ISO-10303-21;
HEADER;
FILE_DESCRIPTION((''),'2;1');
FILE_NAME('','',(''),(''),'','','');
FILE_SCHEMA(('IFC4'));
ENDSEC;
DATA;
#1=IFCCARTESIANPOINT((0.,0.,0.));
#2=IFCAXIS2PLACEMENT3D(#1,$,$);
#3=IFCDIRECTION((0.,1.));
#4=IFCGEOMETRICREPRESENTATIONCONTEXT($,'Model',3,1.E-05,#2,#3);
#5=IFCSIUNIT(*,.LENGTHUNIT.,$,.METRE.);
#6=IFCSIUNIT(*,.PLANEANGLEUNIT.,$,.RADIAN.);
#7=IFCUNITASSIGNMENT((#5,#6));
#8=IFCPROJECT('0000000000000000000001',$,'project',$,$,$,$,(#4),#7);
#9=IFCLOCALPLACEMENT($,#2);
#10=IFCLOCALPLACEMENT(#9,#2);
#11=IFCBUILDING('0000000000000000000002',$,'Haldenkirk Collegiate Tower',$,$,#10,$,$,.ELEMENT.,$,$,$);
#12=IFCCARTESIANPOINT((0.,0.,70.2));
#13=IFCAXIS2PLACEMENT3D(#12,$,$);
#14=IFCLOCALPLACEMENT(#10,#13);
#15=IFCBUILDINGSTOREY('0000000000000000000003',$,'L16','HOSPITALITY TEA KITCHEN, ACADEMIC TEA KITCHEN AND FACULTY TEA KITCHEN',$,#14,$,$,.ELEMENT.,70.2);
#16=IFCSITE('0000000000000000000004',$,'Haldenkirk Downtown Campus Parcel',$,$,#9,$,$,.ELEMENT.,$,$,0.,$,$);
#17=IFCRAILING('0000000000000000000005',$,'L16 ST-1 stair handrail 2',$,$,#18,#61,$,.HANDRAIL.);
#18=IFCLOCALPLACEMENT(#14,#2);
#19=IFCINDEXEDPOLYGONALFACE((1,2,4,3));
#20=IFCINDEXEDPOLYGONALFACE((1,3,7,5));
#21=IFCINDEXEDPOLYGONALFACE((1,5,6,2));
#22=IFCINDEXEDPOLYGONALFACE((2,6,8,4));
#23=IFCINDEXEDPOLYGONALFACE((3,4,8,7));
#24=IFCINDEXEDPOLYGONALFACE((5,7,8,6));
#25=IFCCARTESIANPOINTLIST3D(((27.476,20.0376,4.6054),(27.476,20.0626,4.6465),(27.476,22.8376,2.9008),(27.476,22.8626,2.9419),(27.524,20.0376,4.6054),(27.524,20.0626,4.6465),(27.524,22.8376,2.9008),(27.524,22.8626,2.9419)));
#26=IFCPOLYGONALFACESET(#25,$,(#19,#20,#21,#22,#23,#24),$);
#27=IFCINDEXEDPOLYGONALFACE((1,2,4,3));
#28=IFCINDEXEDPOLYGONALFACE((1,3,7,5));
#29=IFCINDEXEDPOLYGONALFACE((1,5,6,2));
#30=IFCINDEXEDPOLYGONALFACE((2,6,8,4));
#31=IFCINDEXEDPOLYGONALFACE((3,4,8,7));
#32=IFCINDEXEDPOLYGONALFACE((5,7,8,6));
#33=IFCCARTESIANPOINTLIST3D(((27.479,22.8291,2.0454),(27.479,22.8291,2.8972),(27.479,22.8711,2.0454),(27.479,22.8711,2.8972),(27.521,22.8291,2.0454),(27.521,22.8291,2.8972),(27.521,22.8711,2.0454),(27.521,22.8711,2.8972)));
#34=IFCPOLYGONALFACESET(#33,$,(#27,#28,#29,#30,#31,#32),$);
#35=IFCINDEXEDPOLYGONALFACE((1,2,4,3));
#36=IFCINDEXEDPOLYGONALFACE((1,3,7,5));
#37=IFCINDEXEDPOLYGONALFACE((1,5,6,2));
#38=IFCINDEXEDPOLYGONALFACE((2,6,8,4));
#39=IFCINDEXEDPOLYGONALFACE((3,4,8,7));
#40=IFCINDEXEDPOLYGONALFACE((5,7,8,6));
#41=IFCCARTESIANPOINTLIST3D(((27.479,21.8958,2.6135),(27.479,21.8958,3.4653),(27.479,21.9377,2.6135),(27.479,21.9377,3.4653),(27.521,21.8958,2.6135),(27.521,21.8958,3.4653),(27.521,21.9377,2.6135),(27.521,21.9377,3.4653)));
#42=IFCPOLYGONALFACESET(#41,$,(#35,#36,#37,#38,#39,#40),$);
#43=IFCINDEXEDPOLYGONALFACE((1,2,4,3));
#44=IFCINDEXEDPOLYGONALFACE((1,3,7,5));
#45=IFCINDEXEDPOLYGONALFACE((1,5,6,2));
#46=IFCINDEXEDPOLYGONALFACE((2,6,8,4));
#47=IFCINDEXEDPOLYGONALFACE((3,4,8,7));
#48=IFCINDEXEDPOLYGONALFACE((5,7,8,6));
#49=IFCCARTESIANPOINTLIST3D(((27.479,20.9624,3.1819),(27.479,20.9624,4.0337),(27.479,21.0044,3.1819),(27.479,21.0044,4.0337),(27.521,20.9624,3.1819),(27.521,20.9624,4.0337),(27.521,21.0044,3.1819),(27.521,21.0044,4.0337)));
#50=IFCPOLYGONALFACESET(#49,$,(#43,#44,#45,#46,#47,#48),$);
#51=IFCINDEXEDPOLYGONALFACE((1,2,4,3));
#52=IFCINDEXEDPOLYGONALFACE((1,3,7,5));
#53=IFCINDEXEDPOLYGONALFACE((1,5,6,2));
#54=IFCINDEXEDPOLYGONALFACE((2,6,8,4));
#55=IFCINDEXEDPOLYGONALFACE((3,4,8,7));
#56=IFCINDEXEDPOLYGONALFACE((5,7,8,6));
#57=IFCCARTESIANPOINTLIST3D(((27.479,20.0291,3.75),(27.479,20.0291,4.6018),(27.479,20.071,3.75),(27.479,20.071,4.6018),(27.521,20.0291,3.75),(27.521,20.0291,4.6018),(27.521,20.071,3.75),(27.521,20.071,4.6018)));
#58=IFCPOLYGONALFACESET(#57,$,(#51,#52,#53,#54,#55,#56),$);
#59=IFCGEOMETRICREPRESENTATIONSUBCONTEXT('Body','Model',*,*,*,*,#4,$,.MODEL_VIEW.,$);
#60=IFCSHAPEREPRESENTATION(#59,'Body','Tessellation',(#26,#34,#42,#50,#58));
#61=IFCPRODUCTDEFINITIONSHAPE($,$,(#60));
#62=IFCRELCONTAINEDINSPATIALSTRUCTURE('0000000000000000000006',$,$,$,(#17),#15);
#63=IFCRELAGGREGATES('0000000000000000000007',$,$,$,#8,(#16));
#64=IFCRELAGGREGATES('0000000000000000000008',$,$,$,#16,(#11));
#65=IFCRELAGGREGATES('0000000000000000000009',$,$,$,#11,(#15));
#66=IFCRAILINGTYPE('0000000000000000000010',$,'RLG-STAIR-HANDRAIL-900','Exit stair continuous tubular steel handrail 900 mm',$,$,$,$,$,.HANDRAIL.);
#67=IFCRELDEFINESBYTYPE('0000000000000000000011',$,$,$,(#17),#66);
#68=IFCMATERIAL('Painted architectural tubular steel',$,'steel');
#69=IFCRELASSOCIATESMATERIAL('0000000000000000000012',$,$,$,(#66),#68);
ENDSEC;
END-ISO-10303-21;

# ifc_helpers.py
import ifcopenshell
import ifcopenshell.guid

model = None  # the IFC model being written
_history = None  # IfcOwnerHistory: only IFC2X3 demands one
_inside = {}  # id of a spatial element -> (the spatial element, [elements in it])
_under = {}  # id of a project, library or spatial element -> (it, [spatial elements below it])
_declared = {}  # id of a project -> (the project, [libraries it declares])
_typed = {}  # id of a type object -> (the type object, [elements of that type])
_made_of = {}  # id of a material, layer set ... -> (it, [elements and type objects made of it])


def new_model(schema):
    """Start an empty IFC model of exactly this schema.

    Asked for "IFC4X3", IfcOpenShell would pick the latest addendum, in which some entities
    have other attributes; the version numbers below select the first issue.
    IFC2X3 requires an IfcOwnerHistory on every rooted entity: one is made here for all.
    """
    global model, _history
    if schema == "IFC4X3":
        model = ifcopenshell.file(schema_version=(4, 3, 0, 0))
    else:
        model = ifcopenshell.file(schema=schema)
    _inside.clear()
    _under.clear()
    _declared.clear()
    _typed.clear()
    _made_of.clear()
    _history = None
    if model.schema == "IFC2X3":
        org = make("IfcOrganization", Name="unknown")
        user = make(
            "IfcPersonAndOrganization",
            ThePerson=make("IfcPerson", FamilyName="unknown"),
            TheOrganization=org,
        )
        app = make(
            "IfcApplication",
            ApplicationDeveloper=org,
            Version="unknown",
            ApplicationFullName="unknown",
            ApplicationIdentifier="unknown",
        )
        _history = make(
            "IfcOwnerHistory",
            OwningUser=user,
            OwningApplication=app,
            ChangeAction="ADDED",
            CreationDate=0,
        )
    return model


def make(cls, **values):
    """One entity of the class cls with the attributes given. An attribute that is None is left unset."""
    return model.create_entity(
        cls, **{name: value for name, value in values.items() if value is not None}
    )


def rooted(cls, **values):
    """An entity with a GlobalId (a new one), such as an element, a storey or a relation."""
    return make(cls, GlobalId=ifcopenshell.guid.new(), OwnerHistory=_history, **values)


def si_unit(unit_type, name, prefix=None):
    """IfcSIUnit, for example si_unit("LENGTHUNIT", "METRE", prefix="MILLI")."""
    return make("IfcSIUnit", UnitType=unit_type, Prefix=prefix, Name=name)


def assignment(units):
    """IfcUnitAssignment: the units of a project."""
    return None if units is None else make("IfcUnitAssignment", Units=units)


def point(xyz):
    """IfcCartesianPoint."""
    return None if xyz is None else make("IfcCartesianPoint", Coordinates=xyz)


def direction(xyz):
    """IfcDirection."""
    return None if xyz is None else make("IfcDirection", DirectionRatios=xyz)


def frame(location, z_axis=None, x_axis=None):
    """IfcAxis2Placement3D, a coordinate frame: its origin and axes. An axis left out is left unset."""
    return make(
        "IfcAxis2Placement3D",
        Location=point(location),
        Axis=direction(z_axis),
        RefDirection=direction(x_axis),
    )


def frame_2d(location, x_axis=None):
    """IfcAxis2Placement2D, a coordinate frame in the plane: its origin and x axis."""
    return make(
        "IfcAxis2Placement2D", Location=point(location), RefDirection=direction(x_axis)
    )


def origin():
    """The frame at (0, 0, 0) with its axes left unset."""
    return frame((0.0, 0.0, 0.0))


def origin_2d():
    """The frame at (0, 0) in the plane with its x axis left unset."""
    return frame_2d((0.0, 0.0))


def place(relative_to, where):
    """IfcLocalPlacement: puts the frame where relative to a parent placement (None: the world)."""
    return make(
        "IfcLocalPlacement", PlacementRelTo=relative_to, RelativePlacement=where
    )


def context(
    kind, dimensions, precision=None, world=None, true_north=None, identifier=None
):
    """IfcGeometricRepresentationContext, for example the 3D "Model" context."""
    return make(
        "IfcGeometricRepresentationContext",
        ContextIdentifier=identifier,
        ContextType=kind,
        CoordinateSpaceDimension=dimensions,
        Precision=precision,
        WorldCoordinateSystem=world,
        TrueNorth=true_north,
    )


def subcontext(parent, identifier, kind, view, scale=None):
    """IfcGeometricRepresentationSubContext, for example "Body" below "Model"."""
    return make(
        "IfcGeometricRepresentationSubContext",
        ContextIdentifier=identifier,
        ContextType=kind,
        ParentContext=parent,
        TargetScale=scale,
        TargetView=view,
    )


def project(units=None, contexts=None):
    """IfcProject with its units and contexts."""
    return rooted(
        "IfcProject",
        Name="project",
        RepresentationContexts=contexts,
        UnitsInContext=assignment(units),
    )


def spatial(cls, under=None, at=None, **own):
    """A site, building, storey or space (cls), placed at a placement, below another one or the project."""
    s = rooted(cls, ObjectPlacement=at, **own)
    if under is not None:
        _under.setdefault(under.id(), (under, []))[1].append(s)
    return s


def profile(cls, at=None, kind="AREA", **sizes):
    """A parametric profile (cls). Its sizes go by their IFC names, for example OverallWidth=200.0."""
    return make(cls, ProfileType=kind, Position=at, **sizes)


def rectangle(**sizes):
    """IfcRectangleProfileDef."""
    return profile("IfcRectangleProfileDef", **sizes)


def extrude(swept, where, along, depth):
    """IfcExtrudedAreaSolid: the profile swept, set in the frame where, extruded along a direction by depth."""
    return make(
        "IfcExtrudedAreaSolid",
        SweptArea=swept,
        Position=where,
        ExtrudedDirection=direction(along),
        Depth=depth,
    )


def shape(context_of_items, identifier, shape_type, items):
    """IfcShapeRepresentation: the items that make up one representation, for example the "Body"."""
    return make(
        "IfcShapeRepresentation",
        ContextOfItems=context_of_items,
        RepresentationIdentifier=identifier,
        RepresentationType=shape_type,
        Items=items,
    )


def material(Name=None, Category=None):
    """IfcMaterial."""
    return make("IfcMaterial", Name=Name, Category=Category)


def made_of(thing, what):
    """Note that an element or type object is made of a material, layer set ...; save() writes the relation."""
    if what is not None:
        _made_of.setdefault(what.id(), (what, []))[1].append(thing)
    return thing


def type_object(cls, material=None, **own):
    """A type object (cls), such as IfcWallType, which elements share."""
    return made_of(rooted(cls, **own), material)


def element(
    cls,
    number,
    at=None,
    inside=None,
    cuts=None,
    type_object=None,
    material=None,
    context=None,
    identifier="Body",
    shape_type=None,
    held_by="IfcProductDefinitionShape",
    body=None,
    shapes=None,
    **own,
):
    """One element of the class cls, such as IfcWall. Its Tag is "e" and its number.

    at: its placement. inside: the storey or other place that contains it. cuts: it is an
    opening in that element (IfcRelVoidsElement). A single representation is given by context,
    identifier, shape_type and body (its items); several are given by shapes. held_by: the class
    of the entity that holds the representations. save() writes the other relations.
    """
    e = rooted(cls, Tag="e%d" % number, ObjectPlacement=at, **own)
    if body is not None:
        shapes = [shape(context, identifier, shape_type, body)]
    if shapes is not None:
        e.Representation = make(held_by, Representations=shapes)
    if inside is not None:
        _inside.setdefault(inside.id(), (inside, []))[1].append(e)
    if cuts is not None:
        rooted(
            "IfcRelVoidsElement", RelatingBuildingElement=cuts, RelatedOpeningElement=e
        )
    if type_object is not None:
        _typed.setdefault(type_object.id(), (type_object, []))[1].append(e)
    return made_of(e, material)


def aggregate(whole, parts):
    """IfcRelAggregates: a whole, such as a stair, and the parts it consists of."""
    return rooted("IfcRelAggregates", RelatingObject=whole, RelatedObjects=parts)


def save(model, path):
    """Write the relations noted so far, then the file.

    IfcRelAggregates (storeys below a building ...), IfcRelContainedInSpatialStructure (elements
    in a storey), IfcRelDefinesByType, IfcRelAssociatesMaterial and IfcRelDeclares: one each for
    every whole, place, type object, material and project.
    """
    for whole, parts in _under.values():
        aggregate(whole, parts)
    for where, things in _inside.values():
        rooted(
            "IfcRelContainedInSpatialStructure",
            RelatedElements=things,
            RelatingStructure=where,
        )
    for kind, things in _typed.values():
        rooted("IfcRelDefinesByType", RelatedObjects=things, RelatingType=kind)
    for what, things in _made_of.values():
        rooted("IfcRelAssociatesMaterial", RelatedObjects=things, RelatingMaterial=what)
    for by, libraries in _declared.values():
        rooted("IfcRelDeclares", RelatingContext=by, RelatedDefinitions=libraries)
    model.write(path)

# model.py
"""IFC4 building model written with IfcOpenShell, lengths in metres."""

from ifc_helpers import new_model, si_unit, direction, frame, origin, origin_2d, place, context, subcontext, project, spatial, rectangle, extrude, material, type_object, element, save


model = new_model("IFC4")

# Units and contexts
model_context = context("Model", 3, precision=1e-05, world=origin(), true_north=direction((0.0, 1.0)))
body_context = subcontext(model_context, "Body", "Model", "MODEL_VIEW")
ifc_project = project(units=[si_unit("LENGTHUNIT", "METRE"), si_unit("PLANEANGLEUNIT", "RADIAN")], contexts=[model_context])

# Site, building, storey
site_placement = place(None, origin())
site = spatial("IfcSite", under=ifc_project, at=site_placement, Name="Haldenkirk Downtown Campus Parcel", CompositionType="ELEMENT", RefElevation=0.0)
building_placement = place(site_placement, origin())
building = spatial("IfcBuilding", under=site, at=building_placement, Name="Haldenkirk Collegiate Tower", CompositionType="ELEMENT")
storey_placement = place(building_placement, frame((0.0, 0.0, 70.2)))
storey = spatial("IfcBuildingStorey", under=building, at=storey_placement, Name="L16", Description="HOSPITALITY TEA KITCHEN, ACADEMIC TEA KITCHEN AND FACULTY TEA KITCHEN", CompositionType="ELEMENT", Elevation=70.2)

# Railing
ifc_material_1 = material(Name="Painted architectural tubular steel", Category="steel")
railing_type_1 = type_object("IfcRailingType", Name="RLG-STAIR-HANDRAIL-900", Description="Exit stair continuous tubular steel handrail 900 mm", PredefinedType="HANDRAIL", material=ifc_material_1)
railing_1_placement = place(storey_placement, frame((27.5, 22.8501, 2.0454)))
element("IfcRailing", 1, at=railing_1_placement, inside=storey, type_object=railing_type_1, Name="L16 ST-1 stair handrail 2", PredefinedType="HANDRAIL", context=body_context, shape_type="SweptSolid", body=[
    extrude(rectangle(XDim=0.0481, YDim=0.0481, at=origin_2d()), frame((0.0, 0.0, 0.876), z_axis=(0.0, -0.85417, 0.519994), x_axis=(1.0, 0.0, 0.0)), (0.0, 0.0, 1.0), 3.2781),
    extrude(rectangle(XDim=0.042, YDim=0.042, at=origin_2d()), origin(), (0.0, 0.0, 1.0), 0.8518),
    extrude(rectangle(XDim=0.042, YDim=0.042, at=origin_2d()), frame((0.0, -0.9333, 0.5681)), (0.0, 0.0, 1.0), 0.8518),
    extrude(rectangle(XDim=0.042, YDim=0.042, at=origin_2d()), frame((0.0, -1.8667, 1.1365)), (0.0, 0.0, 1.0), 0.8518),
    extrude(rectangle(XDim=0.042, YDim=0.042, at=origin_2d()), frame((0.0, -2.8, 1.7046)), (0.0, 0.0, 1.0), 0.8518),
])

save(model, "model.ifc")
